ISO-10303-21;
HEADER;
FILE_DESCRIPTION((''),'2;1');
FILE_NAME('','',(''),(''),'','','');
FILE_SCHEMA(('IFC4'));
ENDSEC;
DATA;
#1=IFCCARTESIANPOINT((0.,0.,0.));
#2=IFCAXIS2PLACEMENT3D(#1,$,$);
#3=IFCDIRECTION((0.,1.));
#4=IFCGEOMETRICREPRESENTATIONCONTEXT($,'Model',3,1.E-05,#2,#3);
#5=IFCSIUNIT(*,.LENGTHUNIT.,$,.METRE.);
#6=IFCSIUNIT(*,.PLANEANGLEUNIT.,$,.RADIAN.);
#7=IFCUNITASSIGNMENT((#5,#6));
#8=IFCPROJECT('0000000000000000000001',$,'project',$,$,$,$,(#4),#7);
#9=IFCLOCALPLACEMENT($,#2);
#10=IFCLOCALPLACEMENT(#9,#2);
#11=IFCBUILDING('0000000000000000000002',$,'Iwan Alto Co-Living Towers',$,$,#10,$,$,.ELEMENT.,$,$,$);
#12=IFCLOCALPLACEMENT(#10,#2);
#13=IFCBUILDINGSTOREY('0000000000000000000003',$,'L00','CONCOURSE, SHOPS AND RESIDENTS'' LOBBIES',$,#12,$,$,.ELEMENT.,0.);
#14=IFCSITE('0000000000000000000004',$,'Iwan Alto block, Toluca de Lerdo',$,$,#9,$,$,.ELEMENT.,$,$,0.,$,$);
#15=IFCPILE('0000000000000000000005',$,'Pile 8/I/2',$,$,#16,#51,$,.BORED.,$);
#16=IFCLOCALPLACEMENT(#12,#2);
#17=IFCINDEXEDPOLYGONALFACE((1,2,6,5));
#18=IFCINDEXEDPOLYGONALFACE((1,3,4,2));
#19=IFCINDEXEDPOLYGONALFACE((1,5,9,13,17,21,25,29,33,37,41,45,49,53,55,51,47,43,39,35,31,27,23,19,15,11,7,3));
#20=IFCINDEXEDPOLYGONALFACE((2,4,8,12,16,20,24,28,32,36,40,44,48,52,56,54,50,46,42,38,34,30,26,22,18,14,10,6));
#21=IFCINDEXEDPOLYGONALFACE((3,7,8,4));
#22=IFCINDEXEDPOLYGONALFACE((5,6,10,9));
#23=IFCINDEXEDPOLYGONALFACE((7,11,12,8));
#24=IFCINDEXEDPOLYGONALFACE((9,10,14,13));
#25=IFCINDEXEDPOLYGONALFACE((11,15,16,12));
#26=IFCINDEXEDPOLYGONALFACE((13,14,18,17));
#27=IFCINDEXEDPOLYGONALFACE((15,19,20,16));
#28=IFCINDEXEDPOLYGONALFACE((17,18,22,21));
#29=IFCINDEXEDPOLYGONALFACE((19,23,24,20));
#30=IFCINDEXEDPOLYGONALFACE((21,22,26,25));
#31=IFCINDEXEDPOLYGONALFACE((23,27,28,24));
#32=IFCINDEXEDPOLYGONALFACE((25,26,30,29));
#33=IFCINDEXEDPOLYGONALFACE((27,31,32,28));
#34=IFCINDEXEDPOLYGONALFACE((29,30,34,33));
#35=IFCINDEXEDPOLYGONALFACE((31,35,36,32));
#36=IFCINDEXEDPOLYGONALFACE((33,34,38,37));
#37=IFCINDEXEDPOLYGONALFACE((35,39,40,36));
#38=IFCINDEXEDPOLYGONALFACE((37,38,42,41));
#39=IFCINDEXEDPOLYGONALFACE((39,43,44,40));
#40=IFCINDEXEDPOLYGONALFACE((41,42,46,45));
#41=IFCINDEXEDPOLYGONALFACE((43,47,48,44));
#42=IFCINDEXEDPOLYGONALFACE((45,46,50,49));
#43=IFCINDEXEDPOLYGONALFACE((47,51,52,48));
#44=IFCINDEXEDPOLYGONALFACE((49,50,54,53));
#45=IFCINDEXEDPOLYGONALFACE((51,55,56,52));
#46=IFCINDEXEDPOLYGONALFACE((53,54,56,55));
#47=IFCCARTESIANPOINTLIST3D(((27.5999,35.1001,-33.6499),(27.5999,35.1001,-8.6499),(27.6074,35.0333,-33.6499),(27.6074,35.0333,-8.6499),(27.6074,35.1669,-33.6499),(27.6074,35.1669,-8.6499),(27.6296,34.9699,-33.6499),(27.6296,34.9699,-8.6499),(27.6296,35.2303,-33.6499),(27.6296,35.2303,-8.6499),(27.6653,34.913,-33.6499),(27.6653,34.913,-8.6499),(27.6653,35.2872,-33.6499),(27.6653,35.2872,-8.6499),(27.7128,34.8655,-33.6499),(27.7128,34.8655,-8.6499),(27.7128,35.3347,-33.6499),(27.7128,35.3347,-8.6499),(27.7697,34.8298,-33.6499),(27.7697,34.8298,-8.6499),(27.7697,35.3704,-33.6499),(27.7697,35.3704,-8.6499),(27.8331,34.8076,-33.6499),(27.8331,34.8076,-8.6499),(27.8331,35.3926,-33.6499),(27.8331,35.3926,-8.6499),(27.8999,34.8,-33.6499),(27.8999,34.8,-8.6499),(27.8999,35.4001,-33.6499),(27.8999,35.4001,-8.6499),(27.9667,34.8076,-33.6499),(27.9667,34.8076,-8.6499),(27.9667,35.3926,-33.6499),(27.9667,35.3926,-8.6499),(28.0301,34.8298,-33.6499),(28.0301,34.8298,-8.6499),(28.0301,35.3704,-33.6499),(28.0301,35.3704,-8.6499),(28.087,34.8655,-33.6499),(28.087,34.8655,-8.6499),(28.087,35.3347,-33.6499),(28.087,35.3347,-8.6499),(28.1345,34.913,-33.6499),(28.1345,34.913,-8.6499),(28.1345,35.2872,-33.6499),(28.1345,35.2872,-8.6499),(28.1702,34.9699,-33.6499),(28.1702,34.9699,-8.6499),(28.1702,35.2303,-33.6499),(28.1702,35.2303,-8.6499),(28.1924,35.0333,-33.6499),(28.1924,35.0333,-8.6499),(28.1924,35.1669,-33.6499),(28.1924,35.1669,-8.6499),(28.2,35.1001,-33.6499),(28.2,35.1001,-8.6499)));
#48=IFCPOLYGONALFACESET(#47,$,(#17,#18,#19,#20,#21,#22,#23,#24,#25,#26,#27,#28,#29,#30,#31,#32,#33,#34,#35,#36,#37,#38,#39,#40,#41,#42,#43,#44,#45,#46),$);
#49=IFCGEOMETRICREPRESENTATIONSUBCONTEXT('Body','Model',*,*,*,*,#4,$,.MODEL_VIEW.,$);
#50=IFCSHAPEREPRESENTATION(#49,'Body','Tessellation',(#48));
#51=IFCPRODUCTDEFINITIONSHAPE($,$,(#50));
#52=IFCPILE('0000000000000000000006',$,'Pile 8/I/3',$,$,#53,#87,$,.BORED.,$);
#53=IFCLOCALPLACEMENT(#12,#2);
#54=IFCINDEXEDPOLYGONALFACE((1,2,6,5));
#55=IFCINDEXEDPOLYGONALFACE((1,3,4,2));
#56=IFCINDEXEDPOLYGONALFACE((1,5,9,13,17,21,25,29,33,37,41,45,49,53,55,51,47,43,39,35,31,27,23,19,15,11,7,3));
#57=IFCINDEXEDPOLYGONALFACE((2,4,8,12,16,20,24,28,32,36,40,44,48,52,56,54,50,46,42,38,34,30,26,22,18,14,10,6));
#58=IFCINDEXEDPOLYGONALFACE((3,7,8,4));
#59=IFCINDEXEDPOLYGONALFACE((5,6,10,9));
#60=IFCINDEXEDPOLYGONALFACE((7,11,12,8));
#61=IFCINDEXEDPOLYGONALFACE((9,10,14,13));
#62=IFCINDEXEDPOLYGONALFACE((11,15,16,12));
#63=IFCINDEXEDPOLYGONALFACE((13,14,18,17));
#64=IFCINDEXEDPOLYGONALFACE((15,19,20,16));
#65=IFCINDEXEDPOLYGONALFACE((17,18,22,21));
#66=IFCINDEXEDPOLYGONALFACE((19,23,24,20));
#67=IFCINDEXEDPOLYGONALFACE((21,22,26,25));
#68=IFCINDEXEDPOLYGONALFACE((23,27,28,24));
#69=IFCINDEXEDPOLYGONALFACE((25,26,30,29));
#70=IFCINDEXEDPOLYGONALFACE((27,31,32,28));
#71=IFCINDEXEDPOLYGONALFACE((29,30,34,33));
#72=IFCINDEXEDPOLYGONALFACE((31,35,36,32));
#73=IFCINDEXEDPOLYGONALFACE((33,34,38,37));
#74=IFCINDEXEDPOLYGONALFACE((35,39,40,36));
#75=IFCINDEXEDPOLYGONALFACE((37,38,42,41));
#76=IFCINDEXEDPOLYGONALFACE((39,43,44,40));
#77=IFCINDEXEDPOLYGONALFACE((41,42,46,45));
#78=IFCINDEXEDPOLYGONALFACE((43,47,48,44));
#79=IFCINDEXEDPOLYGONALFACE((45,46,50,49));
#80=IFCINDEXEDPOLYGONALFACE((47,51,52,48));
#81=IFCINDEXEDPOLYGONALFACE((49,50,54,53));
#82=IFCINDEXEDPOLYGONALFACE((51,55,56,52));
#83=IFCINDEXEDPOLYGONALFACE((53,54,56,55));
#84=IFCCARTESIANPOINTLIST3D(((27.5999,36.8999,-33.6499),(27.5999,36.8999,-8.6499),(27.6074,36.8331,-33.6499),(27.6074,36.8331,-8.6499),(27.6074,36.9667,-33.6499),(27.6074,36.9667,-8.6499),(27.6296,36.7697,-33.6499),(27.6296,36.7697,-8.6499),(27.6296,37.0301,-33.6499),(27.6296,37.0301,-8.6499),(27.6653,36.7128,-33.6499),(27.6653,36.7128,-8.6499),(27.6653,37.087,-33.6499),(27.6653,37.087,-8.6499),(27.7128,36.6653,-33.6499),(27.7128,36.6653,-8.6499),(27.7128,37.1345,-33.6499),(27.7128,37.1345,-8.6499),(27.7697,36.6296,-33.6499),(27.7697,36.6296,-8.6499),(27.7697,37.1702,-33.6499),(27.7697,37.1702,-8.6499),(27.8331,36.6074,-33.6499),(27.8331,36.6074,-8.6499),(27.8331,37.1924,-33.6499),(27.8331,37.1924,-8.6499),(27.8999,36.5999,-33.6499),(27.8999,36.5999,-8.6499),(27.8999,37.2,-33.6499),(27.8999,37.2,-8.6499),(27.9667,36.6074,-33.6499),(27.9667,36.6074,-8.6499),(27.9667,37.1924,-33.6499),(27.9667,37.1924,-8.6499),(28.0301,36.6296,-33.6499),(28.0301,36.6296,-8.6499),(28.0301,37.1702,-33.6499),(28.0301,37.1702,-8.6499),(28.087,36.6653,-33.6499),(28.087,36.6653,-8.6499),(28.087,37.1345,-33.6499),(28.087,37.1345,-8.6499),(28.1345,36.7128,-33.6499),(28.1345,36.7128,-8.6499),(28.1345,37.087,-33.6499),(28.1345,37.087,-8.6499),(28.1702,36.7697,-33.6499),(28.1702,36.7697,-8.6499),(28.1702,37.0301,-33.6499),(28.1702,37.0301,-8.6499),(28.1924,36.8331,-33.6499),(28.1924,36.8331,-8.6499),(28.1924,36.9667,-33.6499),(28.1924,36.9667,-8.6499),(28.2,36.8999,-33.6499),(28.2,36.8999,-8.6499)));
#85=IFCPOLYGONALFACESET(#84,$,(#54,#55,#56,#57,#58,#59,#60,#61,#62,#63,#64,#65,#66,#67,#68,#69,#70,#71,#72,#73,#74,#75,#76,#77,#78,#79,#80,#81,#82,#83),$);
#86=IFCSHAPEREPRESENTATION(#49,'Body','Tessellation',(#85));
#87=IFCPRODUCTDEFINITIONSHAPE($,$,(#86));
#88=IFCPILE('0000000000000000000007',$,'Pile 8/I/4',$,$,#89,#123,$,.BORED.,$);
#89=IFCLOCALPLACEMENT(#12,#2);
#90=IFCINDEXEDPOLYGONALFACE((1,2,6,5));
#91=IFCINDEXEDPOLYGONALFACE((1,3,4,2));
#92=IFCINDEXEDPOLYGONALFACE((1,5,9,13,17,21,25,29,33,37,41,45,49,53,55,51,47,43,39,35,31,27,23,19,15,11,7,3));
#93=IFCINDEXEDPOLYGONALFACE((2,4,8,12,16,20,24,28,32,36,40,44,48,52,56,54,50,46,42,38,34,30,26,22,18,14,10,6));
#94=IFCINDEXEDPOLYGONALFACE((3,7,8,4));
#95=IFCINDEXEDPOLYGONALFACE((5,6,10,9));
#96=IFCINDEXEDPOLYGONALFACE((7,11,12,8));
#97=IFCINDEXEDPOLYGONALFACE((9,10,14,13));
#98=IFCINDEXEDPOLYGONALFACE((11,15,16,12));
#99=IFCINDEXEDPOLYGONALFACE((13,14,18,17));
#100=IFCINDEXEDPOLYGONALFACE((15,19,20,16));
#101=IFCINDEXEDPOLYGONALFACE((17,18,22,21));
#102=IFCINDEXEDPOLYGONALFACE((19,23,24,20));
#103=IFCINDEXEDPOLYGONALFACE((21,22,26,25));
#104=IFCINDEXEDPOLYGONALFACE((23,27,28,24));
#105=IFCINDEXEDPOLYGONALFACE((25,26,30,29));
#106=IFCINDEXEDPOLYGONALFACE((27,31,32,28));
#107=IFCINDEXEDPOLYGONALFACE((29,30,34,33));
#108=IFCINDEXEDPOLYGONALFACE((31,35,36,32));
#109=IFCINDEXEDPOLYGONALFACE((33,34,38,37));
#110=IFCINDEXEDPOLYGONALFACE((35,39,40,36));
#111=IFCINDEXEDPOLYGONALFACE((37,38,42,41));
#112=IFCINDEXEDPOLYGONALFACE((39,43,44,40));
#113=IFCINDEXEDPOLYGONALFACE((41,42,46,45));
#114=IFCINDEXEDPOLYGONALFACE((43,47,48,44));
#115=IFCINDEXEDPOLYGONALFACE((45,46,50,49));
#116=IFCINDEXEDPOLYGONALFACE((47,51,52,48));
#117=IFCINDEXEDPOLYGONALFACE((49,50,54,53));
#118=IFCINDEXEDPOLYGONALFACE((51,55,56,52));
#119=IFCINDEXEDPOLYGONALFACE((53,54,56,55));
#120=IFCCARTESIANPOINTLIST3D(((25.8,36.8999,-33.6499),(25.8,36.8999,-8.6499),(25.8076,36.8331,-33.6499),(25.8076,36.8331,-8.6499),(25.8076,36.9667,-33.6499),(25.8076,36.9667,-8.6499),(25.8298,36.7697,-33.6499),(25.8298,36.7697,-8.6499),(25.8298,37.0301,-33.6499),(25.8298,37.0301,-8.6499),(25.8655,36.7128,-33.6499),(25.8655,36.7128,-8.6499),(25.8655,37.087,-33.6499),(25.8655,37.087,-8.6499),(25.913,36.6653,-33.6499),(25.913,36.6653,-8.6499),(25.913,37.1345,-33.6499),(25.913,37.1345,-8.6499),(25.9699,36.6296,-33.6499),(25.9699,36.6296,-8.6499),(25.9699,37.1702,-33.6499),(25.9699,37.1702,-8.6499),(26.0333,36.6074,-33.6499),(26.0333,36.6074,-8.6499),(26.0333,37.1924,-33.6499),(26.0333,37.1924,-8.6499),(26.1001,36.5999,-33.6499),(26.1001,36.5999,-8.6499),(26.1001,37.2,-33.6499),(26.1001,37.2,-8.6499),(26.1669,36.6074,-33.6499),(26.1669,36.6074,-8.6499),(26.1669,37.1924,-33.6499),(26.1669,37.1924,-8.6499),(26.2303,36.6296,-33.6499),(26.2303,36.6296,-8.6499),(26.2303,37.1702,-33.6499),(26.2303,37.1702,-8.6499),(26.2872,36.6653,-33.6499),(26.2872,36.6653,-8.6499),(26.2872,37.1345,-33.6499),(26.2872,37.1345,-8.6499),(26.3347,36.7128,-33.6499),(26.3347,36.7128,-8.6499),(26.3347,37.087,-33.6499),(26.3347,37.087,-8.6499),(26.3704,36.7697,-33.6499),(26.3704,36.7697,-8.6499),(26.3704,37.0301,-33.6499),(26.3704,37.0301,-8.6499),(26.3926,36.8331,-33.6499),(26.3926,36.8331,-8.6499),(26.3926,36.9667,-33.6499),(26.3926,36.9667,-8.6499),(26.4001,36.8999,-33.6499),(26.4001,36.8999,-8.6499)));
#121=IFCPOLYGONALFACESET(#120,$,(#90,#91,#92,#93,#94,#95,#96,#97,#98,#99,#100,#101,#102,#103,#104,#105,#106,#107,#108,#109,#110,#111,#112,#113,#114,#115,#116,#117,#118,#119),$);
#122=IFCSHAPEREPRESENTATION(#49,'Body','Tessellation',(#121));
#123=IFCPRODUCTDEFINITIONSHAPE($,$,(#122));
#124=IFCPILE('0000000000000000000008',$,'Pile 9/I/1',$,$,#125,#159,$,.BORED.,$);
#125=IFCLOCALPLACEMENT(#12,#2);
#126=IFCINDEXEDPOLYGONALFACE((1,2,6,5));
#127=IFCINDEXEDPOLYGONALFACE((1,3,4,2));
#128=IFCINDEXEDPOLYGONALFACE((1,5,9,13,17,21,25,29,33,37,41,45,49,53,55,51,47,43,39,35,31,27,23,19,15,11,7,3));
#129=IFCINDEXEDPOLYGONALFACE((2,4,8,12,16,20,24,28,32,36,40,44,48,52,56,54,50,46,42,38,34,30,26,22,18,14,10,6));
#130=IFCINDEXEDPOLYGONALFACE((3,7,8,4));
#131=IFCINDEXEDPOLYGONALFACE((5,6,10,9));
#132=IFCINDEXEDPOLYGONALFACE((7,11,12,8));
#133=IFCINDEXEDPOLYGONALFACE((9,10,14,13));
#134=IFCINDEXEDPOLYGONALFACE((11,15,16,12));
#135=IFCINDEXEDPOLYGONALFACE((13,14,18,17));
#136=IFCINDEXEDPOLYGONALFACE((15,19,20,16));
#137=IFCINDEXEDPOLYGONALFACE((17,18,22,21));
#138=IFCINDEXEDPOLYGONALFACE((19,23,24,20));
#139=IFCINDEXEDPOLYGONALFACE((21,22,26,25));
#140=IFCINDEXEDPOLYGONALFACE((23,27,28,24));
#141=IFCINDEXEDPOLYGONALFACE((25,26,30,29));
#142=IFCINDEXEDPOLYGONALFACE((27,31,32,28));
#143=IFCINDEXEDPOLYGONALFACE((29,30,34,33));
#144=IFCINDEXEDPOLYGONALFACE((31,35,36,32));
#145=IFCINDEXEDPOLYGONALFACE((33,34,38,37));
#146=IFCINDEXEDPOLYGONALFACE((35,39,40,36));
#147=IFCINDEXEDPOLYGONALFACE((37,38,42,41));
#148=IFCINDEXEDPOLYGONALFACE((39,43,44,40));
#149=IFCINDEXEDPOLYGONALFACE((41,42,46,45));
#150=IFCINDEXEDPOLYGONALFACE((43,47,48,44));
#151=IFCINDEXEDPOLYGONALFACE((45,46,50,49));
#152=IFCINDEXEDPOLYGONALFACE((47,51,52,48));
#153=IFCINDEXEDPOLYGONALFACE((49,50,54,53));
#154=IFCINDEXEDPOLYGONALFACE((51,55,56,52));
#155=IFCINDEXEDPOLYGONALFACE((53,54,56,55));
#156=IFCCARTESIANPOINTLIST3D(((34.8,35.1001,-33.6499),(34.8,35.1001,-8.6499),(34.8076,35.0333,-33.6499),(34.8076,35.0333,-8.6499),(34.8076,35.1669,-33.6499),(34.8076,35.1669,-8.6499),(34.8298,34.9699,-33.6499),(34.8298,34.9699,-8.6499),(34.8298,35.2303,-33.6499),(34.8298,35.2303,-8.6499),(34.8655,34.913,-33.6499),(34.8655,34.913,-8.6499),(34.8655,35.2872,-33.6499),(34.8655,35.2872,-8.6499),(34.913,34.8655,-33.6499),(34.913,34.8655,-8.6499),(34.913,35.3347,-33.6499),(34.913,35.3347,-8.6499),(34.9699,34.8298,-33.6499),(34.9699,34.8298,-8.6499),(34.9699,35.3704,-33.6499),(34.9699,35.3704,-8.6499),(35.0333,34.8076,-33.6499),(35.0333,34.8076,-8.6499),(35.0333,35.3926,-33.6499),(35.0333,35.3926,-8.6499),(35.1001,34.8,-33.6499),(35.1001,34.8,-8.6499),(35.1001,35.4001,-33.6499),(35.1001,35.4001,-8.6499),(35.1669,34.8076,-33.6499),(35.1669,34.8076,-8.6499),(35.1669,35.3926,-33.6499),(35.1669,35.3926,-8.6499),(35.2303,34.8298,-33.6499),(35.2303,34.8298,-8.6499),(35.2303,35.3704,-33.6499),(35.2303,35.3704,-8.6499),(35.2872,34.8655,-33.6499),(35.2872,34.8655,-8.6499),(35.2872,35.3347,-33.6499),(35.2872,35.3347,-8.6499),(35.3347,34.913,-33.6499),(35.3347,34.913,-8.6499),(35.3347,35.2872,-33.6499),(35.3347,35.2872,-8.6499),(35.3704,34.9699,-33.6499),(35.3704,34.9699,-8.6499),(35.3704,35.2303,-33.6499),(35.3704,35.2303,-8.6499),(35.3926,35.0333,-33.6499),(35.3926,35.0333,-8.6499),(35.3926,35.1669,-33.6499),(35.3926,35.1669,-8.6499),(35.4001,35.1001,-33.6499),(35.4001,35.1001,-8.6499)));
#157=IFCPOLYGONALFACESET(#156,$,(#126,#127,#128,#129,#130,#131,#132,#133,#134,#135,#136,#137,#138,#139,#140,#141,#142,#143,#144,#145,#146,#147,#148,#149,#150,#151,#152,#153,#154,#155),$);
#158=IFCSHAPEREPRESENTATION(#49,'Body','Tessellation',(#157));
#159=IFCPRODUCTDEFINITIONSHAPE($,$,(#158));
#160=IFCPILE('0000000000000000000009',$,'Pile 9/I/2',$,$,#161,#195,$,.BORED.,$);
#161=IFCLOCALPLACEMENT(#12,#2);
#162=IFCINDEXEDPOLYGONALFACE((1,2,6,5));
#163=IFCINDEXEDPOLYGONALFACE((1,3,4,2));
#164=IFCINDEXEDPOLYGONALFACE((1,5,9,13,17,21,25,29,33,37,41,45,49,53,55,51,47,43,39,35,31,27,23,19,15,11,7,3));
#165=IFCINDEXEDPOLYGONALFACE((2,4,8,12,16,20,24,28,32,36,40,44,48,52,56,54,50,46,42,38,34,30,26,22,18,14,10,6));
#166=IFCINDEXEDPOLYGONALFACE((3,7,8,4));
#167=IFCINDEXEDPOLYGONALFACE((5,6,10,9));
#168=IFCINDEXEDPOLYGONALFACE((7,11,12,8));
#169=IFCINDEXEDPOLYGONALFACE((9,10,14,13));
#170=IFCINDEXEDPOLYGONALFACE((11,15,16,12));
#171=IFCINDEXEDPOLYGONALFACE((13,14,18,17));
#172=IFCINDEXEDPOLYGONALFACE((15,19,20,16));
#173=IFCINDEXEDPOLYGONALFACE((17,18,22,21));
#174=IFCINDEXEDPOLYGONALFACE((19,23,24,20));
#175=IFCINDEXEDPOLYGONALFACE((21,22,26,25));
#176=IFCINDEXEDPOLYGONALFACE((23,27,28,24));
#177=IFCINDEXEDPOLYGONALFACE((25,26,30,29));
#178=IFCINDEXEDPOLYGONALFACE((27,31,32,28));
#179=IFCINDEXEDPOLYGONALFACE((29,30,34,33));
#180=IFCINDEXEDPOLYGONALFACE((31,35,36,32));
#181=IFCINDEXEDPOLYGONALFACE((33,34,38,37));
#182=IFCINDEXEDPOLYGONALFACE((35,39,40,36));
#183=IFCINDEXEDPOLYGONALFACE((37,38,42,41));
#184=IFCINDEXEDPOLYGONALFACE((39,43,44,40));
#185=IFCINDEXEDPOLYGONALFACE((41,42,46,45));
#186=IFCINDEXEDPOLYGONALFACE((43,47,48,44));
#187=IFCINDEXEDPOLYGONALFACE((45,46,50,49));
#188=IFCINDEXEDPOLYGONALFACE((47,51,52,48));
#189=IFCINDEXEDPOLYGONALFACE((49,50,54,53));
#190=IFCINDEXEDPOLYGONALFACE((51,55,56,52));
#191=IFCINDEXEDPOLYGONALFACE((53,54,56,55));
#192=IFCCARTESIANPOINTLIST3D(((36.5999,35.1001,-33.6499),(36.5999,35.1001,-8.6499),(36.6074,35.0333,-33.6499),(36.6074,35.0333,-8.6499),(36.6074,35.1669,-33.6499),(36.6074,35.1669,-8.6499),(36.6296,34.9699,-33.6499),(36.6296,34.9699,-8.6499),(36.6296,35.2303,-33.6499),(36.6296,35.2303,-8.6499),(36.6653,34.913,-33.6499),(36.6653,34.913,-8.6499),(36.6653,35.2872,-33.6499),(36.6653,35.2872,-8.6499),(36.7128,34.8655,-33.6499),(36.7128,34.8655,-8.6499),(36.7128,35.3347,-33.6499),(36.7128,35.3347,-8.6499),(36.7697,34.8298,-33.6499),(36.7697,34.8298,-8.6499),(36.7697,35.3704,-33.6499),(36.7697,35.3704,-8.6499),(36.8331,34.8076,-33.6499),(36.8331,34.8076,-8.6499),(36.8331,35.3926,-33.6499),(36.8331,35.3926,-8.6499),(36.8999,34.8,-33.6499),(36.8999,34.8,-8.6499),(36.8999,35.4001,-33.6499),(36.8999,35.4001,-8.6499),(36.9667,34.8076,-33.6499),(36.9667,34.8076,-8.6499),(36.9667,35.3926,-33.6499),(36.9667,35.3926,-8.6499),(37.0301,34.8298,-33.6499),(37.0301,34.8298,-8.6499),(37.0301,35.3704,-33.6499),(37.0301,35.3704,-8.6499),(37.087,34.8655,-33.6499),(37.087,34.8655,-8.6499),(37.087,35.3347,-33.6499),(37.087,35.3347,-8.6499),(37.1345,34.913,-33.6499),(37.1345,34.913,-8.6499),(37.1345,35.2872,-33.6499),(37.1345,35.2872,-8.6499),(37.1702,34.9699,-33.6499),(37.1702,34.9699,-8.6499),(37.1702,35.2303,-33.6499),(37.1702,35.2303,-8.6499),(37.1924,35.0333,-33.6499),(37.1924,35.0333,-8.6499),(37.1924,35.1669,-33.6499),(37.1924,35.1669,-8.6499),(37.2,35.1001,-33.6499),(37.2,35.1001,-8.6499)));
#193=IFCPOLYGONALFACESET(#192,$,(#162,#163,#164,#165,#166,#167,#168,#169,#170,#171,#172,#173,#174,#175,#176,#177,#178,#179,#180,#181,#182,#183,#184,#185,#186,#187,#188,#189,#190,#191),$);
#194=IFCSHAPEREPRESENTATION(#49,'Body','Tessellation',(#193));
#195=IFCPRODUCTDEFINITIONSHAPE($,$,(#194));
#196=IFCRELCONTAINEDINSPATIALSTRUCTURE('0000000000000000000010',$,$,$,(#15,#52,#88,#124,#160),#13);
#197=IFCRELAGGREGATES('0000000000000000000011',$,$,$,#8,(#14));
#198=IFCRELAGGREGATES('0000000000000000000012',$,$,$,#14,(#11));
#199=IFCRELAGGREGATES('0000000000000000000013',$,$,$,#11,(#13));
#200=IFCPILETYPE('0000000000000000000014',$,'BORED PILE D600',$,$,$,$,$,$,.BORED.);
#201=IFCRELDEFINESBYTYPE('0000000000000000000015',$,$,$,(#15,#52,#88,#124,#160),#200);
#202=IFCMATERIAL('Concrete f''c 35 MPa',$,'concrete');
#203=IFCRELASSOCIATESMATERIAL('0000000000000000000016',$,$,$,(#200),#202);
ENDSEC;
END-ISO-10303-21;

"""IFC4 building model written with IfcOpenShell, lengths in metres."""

from ifc_helpers import new_model, si_unit, direction, frame, origin, origin_2d, place, context, subcontext, project, spatial, circle, extrude, material, material_profile, profile_set, type_object, element, save


model = new_model("IFC4")

# Units and contexts
model_context = context("Model", 3, precision=1e-05, world=origin(), true_north=direction((0.0, 1.0)))
body_context = subcontext(model_context, "Body", "Model", "MODEL_VIEW")
ifc_project = project(units=[si_unit("LENGTHUNIT", "METRE"), si_unit("PLANEANGLEUNIT", "RADIAN")], contexts=[model_context])

# Site, building, storey
site_placement = place(None, origin())
site = spatial("IfcSite", under=ifc_project, at=site_placement, Name="Iwan Alto block, Toluca de Lerdo", CompositionType="ELEMENT", RefElevation=0.0)
building_placement = place(site_placement, origin())
building = spatial("IfcBuilding", under=site, at=building_placement, Name="Iwan Alto Co-Living Towers", CompositionType="ELEMENT")
storey_placement = place(building_placement, origin())
storey = spatial("IfcBuildingStorey", under=building, at=storey_placement, Name="L00", Description="CONCOURSE, SHOPS AND RESIDENTS' LOBBIES", CompositionType="ELEMENT", Elevation=0.0)

# Piles
ifc_material_1 = material(Name="Concrete f'c 35 MPa", Category="concrete")
ifc_material_profile_1 = material_profile(ifc_material_1, circle(Radius=0.3, at=origin_2d()), Name="D600")
ifc_profile_set_1 = profile_set([ifc_material_profile_1], Name="Concrete f'c 35 MPa")
pile_type = type_object("IfcPileType", Name="BORED PILE D600", PredefinedType="BORED", material=ifc_profile_set_1)
for number, where, z_axis, x_axis, name in (
    (1, (27.8999, 35.1001, -8.6499), (0.0, 0.0, -1.0), (1.0, 0.0, 0.0), "Pile 8/I/2"),
    (2, (27.8999, 36.8999, -8.6499), (0.0, 0.0, -1.0), (1.0, 0.0, 0.0), "Pile 8/I/3"),
    (3, (26.1001, 36.8999, -8.6499), (0.0, 0.0, -1.0), (1.0, 0.0, 0.0), "Pile 8/I/4"),
    (4, (35.1001, 35.1001, -8.6499), (0.0, 0.0, -1.0), (1.0, 0.0, 0.0), "Pile 9/I/1"),
    (5, (36.8999, 35.1001, -8.6499), (0.0, 0.0, -1.0), (1.0, 0.0, 0.0), "Pile 9/I/2"),
):
    element("IfcPile", number, at=place(storey_placement, frame(where, z_axis=z_axis, x_axis=x_axis)), inside=storey, type_object=pile_type, Name=name, PredefinedType="BORED", context=body_context, shape_type="SweptSolid", body=[
        extrude(circle(Radius=0.3, at=origin_2d()), origin(), (0.0, 0.0, 1.0), 25.0),
    ])

save(model, "model.ifc")
